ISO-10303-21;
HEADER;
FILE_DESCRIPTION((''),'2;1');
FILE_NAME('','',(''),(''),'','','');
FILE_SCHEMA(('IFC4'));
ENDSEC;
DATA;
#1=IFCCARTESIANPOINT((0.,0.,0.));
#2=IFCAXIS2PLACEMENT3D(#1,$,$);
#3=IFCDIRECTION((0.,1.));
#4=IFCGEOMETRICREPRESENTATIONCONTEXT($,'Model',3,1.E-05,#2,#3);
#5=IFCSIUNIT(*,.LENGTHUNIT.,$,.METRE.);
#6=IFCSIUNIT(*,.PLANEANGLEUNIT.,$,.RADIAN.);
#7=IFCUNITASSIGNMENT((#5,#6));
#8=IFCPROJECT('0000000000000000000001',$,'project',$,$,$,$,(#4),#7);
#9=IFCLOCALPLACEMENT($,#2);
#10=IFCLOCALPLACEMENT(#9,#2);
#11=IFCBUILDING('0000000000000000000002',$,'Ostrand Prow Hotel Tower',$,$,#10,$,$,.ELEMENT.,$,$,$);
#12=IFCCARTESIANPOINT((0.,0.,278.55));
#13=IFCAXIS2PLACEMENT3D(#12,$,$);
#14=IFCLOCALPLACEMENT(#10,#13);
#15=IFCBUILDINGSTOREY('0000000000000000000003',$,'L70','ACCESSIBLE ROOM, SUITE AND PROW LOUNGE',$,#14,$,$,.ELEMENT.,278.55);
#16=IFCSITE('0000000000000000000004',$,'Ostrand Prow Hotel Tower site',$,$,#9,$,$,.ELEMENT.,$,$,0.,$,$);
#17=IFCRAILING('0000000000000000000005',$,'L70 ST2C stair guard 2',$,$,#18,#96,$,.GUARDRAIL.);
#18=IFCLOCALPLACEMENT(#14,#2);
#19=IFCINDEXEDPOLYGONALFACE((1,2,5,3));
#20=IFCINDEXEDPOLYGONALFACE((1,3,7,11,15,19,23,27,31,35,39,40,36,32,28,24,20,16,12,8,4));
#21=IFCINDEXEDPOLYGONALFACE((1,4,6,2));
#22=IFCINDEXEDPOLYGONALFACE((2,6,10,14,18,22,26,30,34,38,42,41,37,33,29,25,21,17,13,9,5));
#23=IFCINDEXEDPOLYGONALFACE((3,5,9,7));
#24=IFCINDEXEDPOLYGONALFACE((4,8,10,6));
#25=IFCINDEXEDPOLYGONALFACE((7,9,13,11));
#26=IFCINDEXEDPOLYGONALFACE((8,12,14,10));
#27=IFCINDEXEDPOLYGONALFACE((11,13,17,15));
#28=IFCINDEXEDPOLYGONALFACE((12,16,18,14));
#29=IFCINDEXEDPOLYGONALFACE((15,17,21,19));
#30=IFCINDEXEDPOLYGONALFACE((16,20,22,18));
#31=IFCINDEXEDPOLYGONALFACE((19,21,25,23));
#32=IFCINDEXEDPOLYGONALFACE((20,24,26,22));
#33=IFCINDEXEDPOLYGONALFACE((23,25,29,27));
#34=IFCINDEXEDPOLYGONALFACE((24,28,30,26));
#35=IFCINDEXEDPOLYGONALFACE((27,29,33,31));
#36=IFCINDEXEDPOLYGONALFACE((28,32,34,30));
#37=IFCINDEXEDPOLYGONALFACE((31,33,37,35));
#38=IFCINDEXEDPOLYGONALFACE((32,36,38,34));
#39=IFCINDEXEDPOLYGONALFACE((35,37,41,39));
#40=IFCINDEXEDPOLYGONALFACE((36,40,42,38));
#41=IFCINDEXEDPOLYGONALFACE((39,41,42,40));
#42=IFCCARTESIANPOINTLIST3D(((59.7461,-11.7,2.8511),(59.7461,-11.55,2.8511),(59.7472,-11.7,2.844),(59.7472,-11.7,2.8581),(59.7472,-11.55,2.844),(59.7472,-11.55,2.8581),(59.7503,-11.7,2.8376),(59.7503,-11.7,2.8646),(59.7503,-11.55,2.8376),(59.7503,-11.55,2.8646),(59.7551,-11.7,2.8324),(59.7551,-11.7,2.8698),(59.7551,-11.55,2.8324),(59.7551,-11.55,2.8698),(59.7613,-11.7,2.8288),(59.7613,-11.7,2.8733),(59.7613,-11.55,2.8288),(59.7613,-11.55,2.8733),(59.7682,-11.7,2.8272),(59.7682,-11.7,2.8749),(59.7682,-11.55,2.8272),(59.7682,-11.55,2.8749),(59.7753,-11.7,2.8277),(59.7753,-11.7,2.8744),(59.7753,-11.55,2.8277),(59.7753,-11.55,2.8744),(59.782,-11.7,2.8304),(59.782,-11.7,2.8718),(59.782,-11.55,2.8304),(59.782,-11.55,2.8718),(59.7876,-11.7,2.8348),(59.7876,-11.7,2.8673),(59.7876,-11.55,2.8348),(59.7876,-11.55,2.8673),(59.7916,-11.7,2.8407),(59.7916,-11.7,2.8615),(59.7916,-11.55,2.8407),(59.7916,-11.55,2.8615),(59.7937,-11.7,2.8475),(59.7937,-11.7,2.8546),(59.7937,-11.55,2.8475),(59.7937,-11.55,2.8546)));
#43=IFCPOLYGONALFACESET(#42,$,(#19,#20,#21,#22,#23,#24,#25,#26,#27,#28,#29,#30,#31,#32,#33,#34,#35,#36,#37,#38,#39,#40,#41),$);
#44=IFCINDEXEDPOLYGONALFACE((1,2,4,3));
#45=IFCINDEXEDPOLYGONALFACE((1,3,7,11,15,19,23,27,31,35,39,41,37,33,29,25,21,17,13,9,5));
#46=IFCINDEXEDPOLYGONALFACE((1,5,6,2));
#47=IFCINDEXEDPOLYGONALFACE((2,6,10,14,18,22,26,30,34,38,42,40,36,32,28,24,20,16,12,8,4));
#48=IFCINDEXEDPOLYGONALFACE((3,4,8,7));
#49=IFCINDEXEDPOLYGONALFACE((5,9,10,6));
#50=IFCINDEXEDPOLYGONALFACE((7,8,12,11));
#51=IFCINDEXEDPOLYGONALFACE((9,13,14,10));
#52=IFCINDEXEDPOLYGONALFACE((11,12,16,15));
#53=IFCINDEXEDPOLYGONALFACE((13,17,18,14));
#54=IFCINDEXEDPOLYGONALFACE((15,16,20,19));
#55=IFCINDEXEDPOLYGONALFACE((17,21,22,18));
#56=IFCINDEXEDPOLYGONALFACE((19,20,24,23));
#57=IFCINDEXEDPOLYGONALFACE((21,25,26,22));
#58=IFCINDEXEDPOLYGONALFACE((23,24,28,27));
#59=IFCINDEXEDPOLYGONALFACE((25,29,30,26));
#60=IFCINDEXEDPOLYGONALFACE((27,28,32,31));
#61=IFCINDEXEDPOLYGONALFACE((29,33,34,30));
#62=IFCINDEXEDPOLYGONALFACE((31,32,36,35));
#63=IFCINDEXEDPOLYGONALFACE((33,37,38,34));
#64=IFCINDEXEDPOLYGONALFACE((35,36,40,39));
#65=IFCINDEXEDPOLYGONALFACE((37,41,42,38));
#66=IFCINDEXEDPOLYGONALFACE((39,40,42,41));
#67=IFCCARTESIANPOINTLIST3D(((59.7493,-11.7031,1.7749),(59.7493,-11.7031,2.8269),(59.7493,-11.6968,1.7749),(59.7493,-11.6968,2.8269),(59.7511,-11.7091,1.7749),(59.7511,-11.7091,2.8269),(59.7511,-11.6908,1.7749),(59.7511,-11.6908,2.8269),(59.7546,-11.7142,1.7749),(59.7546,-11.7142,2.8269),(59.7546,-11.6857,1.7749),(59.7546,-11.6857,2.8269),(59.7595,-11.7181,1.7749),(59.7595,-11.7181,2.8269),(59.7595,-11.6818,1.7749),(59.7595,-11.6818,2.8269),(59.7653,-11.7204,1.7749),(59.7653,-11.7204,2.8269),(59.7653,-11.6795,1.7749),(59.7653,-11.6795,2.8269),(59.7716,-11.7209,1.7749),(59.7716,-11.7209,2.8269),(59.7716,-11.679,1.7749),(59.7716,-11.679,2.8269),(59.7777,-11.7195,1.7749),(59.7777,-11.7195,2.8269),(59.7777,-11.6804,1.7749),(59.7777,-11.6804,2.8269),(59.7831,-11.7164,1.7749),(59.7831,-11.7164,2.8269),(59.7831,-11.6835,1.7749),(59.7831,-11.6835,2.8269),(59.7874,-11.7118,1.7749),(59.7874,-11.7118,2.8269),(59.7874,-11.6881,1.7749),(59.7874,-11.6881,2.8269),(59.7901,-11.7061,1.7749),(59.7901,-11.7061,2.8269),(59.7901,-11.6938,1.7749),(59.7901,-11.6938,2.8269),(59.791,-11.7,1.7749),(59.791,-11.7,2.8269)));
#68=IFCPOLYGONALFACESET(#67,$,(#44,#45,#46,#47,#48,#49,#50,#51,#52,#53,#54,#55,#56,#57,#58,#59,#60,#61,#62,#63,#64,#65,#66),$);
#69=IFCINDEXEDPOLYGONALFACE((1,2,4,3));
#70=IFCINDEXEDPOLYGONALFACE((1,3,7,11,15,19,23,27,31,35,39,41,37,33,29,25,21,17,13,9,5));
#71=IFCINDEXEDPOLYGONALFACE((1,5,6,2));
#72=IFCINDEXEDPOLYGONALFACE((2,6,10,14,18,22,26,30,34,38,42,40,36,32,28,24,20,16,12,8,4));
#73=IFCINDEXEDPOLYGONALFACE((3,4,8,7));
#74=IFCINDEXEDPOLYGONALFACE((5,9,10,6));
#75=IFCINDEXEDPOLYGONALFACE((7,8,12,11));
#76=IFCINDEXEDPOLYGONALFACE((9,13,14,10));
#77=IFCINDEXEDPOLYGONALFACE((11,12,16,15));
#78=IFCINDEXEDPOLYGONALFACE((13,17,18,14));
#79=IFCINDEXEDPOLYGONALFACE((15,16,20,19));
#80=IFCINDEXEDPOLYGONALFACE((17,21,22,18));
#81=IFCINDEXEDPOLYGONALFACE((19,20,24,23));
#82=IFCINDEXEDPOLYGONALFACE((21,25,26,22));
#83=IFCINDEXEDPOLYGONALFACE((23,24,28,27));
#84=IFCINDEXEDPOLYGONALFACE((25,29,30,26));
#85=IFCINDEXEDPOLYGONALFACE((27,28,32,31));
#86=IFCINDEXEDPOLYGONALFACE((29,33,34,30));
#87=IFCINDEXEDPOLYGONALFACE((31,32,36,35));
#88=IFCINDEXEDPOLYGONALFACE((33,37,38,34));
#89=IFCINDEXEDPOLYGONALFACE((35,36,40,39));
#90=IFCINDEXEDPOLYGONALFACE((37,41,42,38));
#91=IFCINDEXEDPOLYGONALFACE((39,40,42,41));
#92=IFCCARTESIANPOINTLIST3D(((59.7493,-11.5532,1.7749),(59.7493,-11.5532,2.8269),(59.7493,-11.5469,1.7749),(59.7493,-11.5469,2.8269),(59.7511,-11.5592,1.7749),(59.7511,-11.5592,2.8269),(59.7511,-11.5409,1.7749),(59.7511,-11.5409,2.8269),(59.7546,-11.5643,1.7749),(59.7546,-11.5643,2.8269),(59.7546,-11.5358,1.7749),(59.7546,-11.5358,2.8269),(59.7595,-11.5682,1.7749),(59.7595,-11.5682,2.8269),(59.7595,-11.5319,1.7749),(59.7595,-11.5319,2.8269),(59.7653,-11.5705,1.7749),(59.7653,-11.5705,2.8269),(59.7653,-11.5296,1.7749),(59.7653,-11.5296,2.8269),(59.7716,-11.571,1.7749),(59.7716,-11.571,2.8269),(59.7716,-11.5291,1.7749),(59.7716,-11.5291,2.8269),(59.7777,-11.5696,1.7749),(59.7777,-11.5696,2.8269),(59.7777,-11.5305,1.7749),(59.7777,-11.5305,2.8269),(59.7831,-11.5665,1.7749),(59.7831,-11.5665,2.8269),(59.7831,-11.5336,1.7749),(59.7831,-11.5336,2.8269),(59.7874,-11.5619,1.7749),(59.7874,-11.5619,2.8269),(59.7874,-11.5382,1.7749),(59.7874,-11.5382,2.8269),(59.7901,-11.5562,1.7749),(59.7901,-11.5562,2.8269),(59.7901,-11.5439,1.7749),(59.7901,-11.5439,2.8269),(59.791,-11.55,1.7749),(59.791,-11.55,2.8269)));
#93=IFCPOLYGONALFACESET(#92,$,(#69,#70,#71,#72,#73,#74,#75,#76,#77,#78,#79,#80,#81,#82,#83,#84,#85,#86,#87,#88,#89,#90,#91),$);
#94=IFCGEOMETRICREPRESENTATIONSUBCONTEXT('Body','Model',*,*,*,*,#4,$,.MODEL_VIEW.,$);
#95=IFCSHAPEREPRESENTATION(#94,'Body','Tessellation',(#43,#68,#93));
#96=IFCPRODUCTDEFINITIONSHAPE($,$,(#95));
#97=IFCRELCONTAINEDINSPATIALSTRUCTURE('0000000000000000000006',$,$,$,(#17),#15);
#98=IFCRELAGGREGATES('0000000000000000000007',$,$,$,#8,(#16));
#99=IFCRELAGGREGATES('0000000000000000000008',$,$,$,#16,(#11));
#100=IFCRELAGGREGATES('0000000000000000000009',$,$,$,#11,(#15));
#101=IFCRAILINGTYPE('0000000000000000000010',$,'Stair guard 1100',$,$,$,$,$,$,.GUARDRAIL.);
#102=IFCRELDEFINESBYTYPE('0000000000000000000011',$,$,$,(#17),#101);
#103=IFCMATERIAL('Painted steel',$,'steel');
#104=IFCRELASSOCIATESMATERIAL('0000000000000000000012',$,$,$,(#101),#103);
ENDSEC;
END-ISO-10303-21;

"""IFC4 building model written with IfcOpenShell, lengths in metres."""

from ifc_helpers import new_model, si_unit, direction, frame, origin, origin_2d, place, context, subcontext, project, spatial, circle, extrude, material, type_object, element, save


model = new_model("IFC4")

# Units and contexts
model_context = context("Model", 3, precision=1e-05, world=origin(), true_north=direction((0.0, 1.0)))
body_context = subcontext(model_context, "Body", "Model", "MODEL_VIEW")
ifc_project = project(units=[si_unit("LENGTHUNIT", "METRE"), si_unit("PLANEANGLEUNIT", "RADIAN")], contexts=[model_context])

# Site, building, storey
site_placement = place(None, origin())
site = spatial("IfcSite", under=ifc_project, at=site_placement, Name="Ostrand Prow Hotel Tower site", CompositionType="ELEMENT", RefElevation=0.0)
building_placement = place(site_placement, origin())
building = spatial("IfcBuilding", under=site, at=building_placement, Name="Ostrand Prow Hotel Tower", CompositionType="ELEMENT")
storey_placement = place(building_placement, frame((0.0, 0.0, 278.55)))
storey = spatial("IfcBuildingStorey", under=building, at=storey_placement, Name="L70", Description="ACCESSIBLE ROOM, SUITE AND PROW LOUNGE", CompositionType="ELEMENT", Elevation=278.55)

# Railing
ifc_material_1 = material(Name="Painted steel", Category="steel")
railing_type_1 = type_object("IfcRailingType", Name="Stair guard 1100", PredefinedType="GUARDRAIL", material=ifc_material_1)
railing_1_placement = place(storey_placement, frame((59.77, -11.7, 1.7749)))
element("IfcRailing", 1, at=railing_1_placement, inside=storey, type_object=railing_type_1, Name="L70 ST2C stair guard 2", PredefinedType="GUARDRAIL", context=body_context, shape_type="SweptSolid", body=[
    extrude(circle(Radius=0.0239, at=origin_2d()), frame((0.0, 0.0, 1.0762), z_axis=(0.0, 1.0, 0.0), x_axis=(-1.0, 0.0, 0.0)), (0.0, 0.0, 1.0), 0.1499),
    extrude(circle(Radius=0.021, at=origin_2d()), origin(), (0.0, 0.0, 1.0), 1.052),
    extrude(circle(Radius=0.021, at=origin_2d()), frame((0.0, 0.1499, 0.0)), (0.0, 0.0, 1.0), 1.052),
])

save(model, "model.ifc")
